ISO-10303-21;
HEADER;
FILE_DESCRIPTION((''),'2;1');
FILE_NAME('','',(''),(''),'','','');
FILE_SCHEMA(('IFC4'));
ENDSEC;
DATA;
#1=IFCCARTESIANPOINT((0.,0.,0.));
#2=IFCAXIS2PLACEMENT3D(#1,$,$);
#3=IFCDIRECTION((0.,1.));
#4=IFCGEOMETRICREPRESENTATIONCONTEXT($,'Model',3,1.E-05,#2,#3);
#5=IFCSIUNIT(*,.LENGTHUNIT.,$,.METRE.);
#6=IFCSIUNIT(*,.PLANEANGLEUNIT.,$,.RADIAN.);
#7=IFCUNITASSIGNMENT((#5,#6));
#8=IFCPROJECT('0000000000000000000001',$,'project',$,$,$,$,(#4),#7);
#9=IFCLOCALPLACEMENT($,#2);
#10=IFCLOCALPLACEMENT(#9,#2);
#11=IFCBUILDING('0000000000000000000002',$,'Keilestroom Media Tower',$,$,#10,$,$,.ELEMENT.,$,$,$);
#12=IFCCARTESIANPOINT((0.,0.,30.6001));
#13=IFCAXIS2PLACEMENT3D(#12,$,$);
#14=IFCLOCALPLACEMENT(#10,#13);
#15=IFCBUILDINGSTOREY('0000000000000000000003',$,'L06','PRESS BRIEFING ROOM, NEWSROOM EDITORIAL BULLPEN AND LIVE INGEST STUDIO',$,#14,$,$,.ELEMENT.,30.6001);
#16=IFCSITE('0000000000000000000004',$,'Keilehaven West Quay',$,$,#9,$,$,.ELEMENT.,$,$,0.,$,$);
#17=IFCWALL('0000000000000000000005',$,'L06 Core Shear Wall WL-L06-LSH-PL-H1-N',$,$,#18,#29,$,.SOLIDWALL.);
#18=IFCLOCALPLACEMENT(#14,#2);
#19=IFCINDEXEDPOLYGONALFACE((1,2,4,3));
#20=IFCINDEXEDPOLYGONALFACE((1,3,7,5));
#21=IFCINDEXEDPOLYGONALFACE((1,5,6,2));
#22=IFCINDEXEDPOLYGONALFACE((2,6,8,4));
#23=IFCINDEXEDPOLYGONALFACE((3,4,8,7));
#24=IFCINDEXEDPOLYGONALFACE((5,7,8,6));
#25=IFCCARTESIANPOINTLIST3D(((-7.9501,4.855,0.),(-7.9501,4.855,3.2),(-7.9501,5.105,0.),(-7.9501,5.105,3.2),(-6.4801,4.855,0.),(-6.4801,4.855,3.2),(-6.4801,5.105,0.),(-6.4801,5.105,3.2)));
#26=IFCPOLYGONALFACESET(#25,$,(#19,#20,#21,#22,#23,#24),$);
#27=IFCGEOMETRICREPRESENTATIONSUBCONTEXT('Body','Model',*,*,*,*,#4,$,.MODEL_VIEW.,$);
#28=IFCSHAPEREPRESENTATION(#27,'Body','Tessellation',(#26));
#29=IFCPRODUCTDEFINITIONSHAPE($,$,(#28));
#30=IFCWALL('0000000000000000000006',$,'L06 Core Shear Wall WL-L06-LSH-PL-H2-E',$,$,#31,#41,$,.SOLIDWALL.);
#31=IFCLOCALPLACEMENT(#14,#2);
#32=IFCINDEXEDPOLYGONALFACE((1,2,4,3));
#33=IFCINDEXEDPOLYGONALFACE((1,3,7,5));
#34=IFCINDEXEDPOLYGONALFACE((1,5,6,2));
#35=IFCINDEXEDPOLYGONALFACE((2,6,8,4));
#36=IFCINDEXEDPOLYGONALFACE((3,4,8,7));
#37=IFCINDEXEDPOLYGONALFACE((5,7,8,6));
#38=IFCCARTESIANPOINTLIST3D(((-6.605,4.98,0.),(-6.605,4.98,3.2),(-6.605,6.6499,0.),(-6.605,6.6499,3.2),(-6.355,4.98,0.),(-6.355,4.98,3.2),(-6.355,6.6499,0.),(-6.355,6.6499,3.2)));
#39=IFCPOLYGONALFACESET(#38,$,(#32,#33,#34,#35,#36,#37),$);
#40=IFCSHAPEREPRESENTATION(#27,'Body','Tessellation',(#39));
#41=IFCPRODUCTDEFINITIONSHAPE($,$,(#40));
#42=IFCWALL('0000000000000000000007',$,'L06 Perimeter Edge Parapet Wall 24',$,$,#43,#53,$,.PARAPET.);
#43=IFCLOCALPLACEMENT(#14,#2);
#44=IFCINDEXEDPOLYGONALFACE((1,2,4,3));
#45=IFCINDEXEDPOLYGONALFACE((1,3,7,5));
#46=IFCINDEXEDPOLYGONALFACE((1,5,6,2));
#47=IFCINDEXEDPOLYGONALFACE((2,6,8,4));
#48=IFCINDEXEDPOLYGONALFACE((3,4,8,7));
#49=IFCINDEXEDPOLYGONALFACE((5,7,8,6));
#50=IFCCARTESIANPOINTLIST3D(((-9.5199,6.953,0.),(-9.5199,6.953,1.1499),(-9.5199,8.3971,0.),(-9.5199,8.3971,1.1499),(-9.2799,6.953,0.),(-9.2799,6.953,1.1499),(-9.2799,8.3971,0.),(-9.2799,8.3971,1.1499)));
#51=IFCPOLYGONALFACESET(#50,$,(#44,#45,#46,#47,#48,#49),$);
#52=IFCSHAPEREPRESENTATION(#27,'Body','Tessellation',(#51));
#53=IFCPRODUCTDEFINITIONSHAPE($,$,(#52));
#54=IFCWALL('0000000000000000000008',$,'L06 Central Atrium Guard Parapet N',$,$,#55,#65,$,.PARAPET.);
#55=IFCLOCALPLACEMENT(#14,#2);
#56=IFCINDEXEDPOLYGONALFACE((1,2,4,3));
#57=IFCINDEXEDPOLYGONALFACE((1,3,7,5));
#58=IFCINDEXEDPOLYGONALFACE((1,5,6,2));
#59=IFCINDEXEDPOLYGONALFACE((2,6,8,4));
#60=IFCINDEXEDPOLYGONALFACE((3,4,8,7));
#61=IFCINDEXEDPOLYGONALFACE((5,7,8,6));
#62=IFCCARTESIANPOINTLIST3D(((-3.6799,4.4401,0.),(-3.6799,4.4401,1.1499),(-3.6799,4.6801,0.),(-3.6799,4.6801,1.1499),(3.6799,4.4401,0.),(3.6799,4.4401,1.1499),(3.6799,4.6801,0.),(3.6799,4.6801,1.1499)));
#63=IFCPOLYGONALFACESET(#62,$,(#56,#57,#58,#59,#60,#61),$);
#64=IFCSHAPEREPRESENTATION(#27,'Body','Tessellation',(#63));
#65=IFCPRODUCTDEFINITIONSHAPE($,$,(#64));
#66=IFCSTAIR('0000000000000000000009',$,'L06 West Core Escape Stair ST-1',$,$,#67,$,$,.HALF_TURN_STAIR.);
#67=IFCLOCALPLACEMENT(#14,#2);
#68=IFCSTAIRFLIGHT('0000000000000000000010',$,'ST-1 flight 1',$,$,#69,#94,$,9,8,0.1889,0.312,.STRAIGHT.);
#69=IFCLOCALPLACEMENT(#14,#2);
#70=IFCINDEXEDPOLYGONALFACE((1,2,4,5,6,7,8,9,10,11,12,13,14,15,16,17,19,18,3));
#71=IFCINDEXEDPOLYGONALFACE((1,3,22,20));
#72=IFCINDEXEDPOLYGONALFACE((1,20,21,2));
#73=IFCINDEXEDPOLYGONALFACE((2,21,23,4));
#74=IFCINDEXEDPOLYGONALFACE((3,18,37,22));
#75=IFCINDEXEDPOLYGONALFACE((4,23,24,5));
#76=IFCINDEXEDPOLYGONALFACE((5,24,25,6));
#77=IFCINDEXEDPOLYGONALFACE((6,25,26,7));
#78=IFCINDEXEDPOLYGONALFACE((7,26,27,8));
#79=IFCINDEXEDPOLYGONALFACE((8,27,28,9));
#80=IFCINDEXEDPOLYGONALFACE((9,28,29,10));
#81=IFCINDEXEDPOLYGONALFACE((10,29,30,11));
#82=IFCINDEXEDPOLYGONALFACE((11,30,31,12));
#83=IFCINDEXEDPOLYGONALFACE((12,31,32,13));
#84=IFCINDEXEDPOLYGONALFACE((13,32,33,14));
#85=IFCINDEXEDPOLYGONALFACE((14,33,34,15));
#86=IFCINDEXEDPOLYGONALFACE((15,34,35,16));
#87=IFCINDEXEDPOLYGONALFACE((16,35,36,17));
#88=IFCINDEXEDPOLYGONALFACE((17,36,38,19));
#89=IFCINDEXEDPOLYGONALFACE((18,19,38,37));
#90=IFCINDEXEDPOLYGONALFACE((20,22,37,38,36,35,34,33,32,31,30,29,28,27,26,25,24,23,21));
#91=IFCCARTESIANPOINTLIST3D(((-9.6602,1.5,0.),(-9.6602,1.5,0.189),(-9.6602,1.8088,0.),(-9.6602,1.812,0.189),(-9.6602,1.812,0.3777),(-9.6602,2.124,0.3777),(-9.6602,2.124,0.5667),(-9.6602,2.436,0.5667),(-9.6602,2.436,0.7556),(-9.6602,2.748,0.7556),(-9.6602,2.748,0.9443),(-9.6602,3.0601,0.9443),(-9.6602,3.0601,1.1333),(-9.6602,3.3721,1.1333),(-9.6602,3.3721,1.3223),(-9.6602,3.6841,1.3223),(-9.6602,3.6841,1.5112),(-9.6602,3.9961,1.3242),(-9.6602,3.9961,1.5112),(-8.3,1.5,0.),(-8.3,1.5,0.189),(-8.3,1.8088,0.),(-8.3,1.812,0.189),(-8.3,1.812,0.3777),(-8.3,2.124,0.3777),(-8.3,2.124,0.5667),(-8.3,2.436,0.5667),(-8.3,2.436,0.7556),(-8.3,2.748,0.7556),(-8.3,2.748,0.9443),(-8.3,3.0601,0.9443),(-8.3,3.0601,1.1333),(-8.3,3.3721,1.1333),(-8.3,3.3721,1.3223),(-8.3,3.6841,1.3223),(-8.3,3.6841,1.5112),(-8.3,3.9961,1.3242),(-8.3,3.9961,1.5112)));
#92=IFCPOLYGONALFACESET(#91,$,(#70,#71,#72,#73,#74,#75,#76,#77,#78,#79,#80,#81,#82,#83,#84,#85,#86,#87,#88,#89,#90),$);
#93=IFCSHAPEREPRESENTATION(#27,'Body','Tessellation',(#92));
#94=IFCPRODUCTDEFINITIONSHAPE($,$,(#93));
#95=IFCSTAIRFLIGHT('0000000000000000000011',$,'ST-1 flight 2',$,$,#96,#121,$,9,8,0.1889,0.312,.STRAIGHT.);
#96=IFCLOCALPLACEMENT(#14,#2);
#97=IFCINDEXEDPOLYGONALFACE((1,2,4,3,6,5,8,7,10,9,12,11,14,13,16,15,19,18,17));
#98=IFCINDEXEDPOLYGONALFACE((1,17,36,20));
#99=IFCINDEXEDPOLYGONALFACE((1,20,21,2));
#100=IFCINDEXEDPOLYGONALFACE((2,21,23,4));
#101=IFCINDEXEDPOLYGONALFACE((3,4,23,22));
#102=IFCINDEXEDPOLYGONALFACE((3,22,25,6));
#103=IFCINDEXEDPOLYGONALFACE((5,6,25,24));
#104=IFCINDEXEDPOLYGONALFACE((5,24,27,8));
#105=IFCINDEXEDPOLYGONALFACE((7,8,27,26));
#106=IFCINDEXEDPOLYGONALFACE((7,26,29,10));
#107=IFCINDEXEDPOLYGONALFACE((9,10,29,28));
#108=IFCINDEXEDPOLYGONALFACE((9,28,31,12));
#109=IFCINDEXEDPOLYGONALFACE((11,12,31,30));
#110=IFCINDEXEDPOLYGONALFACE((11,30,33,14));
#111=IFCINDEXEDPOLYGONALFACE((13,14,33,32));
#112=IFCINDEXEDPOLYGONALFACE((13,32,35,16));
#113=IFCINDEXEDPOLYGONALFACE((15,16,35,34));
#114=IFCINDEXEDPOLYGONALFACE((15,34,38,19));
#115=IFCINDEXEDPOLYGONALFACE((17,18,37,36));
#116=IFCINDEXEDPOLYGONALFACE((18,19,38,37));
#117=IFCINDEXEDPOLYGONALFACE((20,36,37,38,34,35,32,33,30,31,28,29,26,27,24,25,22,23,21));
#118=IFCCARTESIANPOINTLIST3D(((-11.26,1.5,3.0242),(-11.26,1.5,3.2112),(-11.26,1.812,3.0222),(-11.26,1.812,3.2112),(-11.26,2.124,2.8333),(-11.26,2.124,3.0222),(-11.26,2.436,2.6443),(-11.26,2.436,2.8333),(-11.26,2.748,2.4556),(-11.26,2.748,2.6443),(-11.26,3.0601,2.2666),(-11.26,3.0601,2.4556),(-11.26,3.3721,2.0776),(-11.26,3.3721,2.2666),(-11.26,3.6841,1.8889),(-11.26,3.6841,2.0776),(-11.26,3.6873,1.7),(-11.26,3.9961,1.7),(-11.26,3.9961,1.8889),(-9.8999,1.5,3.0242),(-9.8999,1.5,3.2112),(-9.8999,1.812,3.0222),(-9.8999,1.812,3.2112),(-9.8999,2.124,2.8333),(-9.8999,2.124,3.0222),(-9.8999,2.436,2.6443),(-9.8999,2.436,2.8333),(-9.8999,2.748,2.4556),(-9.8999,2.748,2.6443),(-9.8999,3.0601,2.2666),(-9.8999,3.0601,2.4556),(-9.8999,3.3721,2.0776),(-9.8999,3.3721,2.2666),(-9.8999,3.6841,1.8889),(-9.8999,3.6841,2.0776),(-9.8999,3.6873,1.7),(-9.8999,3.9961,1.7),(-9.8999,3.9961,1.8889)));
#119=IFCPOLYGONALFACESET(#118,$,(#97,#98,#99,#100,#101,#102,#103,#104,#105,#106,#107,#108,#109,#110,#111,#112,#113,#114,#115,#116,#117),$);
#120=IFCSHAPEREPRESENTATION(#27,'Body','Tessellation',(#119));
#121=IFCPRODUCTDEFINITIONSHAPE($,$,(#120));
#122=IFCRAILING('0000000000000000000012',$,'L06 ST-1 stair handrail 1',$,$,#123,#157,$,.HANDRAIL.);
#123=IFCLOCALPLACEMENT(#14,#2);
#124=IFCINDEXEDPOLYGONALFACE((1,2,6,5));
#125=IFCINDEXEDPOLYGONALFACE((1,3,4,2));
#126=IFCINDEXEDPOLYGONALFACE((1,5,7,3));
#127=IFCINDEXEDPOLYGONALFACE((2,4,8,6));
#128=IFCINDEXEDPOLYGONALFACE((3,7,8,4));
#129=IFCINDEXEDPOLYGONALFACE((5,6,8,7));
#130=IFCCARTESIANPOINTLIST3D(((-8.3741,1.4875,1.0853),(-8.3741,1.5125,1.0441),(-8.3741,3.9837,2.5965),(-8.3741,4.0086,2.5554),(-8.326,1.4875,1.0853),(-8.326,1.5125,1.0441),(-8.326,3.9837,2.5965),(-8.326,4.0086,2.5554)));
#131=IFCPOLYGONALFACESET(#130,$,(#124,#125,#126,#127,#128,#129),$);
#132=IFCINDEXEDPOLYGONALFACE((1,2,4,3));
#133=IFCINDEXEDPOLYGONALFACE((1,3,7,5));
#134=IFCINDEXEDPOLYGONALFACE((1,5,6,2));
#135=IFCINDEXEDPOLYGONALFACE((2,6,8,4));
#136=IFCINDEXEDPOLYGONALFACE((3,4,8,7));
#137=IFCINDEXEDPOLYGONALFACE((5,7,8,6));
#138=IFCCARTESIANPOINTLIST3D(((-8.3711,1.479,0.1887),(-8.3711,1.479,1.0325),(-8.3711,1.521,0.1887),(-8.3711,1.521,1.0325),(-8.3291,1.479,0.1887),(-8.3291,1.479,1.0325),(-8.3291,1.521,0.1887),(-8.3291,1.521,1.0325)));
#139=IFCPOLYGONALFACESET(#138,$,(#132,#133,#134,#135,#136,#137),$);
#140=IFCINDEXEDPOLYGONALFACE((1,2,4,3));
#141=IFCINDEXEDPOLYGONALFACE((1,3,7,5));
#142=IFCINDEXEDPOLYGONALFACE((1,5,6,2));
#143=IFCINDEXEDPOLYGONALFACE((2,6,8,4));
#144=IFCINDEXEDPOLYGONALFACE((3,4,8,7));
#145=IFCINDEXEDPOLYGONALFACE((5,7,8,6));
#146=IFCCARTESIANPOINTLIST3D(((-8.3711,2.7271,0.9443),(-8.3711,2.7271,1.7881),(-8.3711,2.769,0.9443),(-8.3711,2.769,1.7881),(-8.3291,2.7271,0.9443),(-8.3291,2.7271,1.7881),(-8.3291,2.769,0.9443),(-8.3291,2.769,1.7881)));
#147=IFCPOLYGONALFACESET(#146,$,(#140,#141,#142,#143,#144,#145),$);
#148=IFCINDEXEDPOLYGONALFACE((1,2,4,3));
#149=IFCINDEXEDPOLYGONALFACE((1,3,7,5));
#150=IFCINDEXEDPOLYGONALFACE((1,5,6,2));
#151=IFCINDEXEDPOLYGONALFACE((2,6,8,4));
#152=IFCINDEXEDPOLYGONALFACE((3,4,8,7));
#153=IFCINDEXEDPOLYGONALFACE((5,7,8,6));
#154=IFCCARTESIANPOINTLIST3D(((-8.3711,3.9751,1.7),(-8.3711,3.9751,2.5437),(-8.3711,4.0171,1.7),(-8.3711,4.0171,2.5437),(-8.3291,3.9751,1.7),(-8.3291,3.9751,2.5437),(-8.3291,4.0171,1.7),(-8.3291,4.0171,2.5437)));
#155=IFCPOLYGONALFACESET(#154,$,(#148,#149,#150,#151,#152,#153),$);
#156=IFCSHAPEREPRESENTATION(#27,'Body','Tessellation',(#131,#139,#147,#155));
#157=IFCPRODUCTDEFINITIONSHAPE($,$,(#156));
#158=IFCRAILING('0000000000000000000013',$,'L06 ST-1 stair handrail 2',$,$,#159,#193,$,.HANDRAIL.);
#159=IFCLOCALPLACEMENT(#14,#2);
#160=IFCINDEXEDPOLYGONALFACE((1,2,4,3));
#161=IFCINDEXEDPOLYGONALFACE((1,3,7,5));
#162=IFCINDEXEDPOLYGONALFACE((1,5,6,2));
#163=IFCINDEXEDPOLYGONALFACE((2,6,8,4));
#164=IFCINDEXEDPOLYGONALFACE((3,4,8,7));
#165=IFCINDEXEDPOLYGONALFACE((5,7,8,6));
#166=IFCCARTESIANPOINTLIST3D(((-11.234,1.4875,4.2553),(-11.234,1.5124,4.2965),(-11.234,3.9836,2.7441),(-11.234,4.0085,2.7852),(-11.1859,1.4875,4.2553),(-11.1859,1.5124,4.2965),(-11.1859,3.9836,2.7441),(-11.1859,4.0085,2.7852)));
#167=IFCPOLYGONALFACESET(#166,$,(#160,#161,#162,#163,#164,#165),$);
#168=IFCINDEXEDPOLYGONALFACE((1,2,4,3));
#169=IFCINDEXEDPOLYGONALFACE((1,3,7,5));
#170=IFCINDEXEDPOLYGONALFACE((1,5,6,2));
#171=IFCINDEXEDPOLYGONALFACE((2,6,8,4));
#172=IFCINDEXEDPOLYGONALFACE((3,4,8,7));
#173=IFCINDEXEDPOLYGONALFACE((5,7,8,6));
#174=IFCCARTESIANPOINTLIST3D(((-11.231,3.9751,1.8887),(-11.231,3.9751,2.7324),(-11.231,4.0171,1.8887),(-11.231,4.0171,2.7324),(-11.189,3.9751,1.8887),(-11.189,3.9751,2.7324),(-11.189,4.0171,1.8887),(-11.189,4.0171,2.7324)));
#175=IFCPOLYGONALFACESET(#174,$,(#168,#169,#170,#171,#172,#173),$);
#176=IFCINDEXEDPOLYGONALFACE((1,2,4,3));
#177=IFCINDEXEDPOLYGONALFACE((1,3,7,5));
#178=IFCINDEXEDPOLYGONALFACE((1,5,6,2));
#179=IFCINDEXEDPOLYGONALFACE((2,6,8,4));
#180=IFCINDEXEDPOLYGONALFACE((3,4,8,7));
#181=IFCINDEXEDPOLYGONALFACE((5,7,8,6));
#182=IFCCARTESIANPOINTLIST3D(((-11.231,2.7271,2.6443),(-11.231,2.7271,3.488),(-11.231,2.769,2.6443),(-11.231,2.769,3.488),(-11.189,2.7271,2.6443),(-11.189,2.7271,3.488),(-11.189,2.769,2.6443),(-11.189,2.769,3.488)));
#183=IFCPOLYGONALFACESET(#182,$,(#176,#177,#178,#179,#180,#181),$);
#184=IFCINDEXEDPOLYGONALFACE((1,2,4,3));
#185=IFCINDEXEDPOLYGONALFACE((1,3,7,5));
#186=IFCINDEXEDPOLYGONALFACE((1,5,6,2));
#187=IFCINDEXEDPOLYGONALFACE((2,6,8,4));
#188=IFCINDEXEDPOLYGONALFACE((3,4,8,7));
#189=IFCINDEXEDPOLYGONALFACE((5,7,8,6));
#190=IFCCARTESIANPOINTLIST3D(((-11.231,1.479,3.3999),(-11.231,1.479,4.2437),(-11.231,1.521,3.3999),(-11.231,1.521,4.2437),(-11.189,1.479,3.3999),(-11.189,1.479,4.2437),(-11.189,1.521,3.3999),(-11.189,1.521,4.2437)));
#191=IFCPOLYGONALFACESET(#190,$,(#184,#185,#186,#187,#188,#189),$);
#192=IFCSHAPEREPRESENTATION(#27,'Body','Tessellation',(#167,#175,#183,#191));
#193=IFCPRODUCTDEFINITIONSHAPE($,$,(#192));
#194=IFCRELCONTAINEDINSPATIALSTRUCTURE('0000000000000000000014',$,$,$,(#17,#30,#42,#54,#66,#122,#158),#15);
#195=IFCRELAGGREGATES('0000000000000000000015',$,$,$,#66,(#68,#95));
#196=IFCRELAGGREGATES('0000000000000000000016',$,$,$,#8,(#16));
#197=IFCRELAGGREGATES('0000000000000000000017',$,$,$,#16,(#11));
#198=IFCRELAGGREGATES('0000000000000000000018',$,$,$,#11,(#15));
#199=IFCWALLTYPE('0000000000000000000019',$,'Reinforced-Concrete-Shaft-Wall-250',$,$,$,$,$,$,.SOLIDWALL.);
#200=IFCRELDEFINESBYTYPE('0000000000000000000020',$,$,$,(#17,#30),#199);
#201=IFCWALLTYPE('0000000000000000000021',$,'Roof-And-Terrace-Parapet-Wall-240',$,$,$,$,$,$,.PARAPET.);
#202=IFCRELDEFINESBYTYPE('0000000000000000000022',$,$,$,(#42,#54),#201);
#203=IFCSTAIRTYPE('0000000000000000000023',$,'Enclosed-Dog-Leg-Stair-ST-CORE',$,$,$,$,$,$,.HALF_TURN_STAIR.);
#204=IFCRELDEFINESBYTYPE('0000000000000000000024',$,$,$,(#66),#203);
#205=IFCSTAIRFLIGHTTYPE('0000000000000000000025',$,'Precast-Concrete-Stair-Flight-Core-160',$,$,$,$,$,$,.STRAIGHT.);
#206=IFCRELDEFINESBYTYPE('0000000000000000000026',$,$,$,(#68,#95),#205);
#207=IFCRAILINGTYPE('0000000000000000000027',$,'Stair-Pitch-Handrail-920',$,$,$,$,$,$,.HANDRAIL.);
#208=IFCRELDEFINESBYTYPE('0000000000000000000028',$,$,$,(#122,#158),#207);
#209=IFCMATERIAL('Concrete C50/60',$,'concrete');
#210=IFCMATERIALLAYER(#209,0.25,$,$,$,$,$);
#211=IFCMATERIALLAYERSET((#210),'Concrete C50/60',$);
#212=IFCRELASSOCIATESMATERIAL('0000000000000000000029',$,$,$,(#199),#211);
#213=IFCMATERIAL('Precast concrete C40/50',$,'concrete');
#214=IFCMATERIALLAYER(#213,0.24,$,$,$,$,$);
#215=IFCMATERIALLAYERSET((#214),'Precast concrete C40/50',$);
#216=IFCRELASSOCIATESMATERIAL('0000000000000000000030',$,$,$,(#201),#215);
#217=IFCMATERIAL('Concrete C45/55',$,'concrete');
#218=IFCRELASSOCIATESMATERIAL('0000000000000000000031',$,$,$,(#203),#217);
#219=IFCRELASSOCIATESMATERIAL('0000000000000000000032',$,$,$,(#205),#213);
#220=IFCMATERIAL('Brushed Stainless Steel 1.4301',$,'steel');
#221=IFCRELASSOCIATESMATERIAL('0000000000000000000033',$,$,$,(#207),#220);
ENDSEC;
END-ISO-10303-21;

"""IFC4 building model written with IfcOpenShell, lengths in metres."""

from ifc_helpers import new_model, si_unit, direction, frame, frame_2d, origin, origin_2d, place, context, subcontext, project, spatial, polyline, rectangle, outline, extrude, material, layer, layer_set, type_object, element, aggregate, save


model = new_model("IFC4")

# Units and contexts
model_context = context("Model", 3, precision=1e-05, world=origin(), true_north=direction((0.0, 1.0)))
body_context = subcontext(model_context, "Body", "Model", "MODEL_VIEW")
ifc_project = project(units=[si_unit("LENGTHUNIT", "METRE"), si_unit("PLANEANGLEUNIT", "RADIAN")], contexts=[model_context])

# Site, building, storey
site_placement = place(None, origin())
site = spatial("IfcSite", under=ifc_project, at=site_placement, Name="Keilehaven West Quay", CompositionType="ELEMENT", RefElevation=0.0)
building_placement = place(site_placement, origin())
building = spatial("IfcBuilding", under=site, at=building_placement, Name="Keilestroom Media Tower", CompositionType="ELEMENT")
storey_placement = place(building_placement, frame((0.0, 0.0, 30.6001)))
storey = spatial("IfcBuildingStorey", under=building, at=storey_placement, Name="L06", Description="PRESS BRIEFING ROOM, NEWSROOM EDITORIAL BULLPEN AND LIVE INGEST STUDIO", CompositionType="ELEMENT", Elevation=30.6001)

# Shared definitions
ifc_material_1 = material(Name="Concrete C50/60", Category="concrete")
ifc_material_2 = material(Name="Concrete C45/55", Category="concrete")

# Shared definitions
ifc_layer_1 = layer(ifc_material_1, 0.25)
ifc_layer_set_1 = layer_set([ifc_layer_1], Name="Concrete C50/60")
wall_type_1 = type_object("IfcWallType", Name="Reinforced-Concrete-Shaft-Wall-250", PredefinedType="SOLIDWALL", material=ifc_layer_set_1)

# Walls
wall_1_placement = place(storey_placement, frame((-7.95, 4.98, 0.0), z_axis=(0.0, 0.0, 1.0), x_axis=(1.0, 0.0, 0.0)))
element("IfcWall", 1, at=wall_1_placement, inside=storey, type_object=wall_type_1, Name="L06 Core Shear Wall WL-L06-LSH-PL-H1-N", PredefinedType="SOLIDWALL", context=body_context, shape_type="SweptSolid", body=[
    extrude(rectangle(XDim=1.47, YDim=0.25, at=frame_2d((0.7349, 0.0))), origin(), (0.0, 0.0, 1.0), 3.2),
])
wall_2_placement = place(storey_placement, frame((-6.48, 4.98, 0.0), z_axis=(0.0, 0.0, 1.0), x_axis=(0.0, 1.0, 0.0)))
element("IfcWall", 2, at=wall_2_placement, inside=storey, type_object=wall_type_1, Name="L06 Core Shear Wall WL-L06-LSH-PL-H2-E", PredefinedType="SOLIDWALL", context=body_context, shape_type="SweptSolid", body=[
    extrude(rectangle(XDim=1.6699, YDim=0.25, at=frame_2d((0.835, 0.0))), origin(), (0.0, 0.0, 1.0), 3.2),
])
ifc_material_3 = material(Name="Precast concrete C40/50", Category="concrete")
ifc_layer_2 = layer(ifc_material_3, 0.24)
ifc_layer_set_2 = layer_set([ifc_layer_2], Name="Precast concrete C40/50")
wall_type_2 = type_object("IfcWallType", Name="Roof-And-Terrace-Parapet-Wall-240", PredefinedType="PARAPET", material=ifc_layer_set_2)
wall_3_placement = place(storey_placement, frame((-9.3999, 6.9529, 0.0), z_axis=(0.0, 0.0, 1.0), x_axis=(0.0, 1.0, 0.0)))
element("IfcWall", 3, at=wall_3_placement, inside=storey, type_object=wall_type_2, Name="L06 Perimeter Edge Parapet Wall 24", PredefinedType="PARAPET", context=body_context, shape_type="SweptSolid", body=[
    extrude(rectangle(XDim=1.4441, YDim=0.24, at=frame_2d((0.7222, 0.0))), origin(), (0.0, 0.0, 1.0), 1.1499),
])
wall_4_placement = place(storey_placement, frame((-3.6799, 4.5601, 0.0), z_axis=(0.0, 0.0, 1.0), x_axis=(1.0, 0.0, 0.0)))
element("IfcWall", 4, at=wall_4_placement, inside=storey, type_object=wall_type_2, Name="L06 Central Atrium Guard Parapet N", PredefinedType="PARAPET", context=body_context, shape_type="SweptSolid", body=[
    extrude(rectangle(XDim=7.3599, YDim=0.24, at=frame_2d((3.6799, 0.0))), origin(), (0.0, 0.0, 1.0), 1.1499),
])

# Stair, stair flights
stair_type = type_object("IfcStairType", Name="Enclosed-Dog-Leg-Stair-ST-CORE", PredefinedType="HALF_TURN_STAIR", material=ifc_material_2)
stair_placement = place(storey_placement, origin())
stair = element("IfcStair", 5, at=stair_placement, inside=storey, type_object=stair_type, Name="L06 West Core Escape Stair ST-1", PredefinedType="HALF_TURN_STAIR")
stair_flight_type = type_object("IfcStairFlightType", Name="Precast-Concrete-Stair-Flight-Core-160", PredefinedType="STRAIGHT", material=ifc_material_3)
stair_flight_1_placement = place(storey_placement, frame((-8.98, 1.5, 0.0), z_axis=(0.0, 0.0, 1.0), x_axis=(0.0, 1.0, 0.0)))
stair_flight_1 = element("IfcStairFlight", 6, at=stair_flight_1_placement, type_object=stair_flight_type, Name="ST-1 flight 1", NumberOfRisers=9, NumberOfTreads=8, PredefinedType="STRAIGHT", RiserHeight=0.1889, TreadLength=0.312, context=body_context, shape_type="SweptSolid", body=[
    extrude(outline(polyline([(0.0, 0.0), (0.0, 0.189), (0.312, 0.189), (0.312, 0.3777), (0.624, 0.3777), (0.624, 0.5667), (0.936, 0.5667), (0.936, 0.7556), (1.248, 0.7556), (1.248, 0.9443), (1.5601, 0.9443), (1.5601, 1.1333), (1.8721, 1.1333), (1.8721, 1.3223), (2.1841, 1.3223), (2.1841, 1.5112), (2.4961, 1.5112), (2.4961, 1.7), (2.4961, 1.3242), (0.3088, 0.0), (0.0, 0.0)])), frame((0.0, 0.6802, 0.0), z_axis=(0.0, -1.0, 0.0), x_axis=(1.0, 0.0, 0.0)), (0.0, 0.0, 1.0), 1.3601),
])
stair_flight_2_placement = place(storey_placement, frame((-10.5801, 3.9961, 1.7), z_axis=(0.0, 0.0, 1.0), x_axis=(0.0, -1.0, 0.0)))
stair_flight_2 = element("IfcStairFlight", 7, at=stair_flight_2_placement, type_object=stair_flight_type, Name="ST-1 flight 2", NumberOfRisers=9, NumberOfTreads=8, PredefinedType="STRAIGHT", RiserHeight=0.1889, TreadLength=0.312, context=body_context, shape_type="SweptSolid", body=[
    extrude(outline(polyline([(0.0, 0.0), (0.0, 0.189), (0.312, 0.189), (0.312, 0.3777), (0.624, 0.3777), (0.624, 0.5667), (0.936, 0.5667), (0.936, 0.7556), (1.248, 0.7556), (1.248, 0.9443), (1.5601, 0.9443), (1.5601, 1.1333), (1.8721, 1.1333), (1.8721, 1.3223), (2.1841, 1.3223), (2.1841, 1.5112), (2.4961, 1.5112), (2.4961, 1.7), (2.4961, 1.3242), (0.3088, 0.0), (0.0, 0.0)])), frame((0.0, 0.6802, 0.0), z_axis=(0.0, -1.0, 0.0), x_axis=(1.0, 0.0, 0.0)), (0.0, 0.0, 1.0), 1.3601),
])
aggregate(stair, [stair_flight_1, stair_flight_2])

# Railings
ifc_material_4 = material(Name="Brushed Stainless Steel 1.4301", Category="steel")
railing_type_1 = type_object("IfcRailingType", Name="Stair-Pitch-Handrail-920", PredefinedType="HANDRAIL", material=ifc_material_4)
railing_1_placement = place(storey_placement, frame((-8.3501, 1.5, 0.1887)))
element("IfcRailing", 8, at=railing_1_placement, inside=storey, type_object=railing_type_1, Name="L06 ST-1 stair handrail 1", PredefinedType="HANDRAIL", context=body_context, shape_type="SweptSolid", body=[
    extrude(rectangle(XDim=0.0481, YDim=0.0481, at=origin_2d()), frame((0.0, 0.0, 0.876), z_axis=(0.0, 0.855434, 0.517912), x_axis=(-1.0, 0.0, 0.0)), (0.0, 0.0, 1.0), 2.918),
    extrude(rectangle(XDim=0.042, YDim=0.042, at=origin_2d()), origin(), (0.0, 0.0, 1.0), 0.8438),
    extrude(rectangle(XDim=0.042, YDim=0.042, at=origin_2d()), frame((0.0, 1.248, 0.7556)), (0.0, 0.0, 1.0), 0.8438),
    extrude(rectangle(XDim=0.042, YDim=0.042, at=origin_2d()), frame((0.0, 2.4961, 1.5112)), (0.0, 0.0, 1.0), 0.8438),
])
railing_2_placement = place(storey_placement, frame((-11.21, 3.9961, 1.8887)))
element("IfcRailing", 9, at=railing_2_placement, inside=storey, type_object=railing_type_1, Name="L06 ST-1 stair handrail 2", PredefinedType="HANDRAIL", context=body_context, shape_type="SweptSolid", body=[
    extrude(rectangle(XDim=0.0481, YDim=0.0481, at=origin_2d()), frame((0.0, 0.0, 0.876), z_axis=(0.0, -0.855434, 0.517912), x_axis=(1.0, 0.0, 0.0)), (0.0, 0.0, 1.0), 2.918),
    extrude(rectangle(XDim=0.042, YDim=0.042, at=origin_2d()), origin(), (0.0, 0.0, 1.0), 0.8438),
    extrude(rectangle(XDim=0.042, YDim=0.042, at=origin_2d()), frame((0.0, -1.248, 0.7556)), (0.0, 0.0, 1.0), 0.8438),
    extrude(rectangle(XDim=0.042, YDim=0.042, at=origin_2d()), frame((0.0, -2.4961, 1.5112)), (0.0, 0.0, 1.0), 0.8438),
])

save(model, "model.ifc")
